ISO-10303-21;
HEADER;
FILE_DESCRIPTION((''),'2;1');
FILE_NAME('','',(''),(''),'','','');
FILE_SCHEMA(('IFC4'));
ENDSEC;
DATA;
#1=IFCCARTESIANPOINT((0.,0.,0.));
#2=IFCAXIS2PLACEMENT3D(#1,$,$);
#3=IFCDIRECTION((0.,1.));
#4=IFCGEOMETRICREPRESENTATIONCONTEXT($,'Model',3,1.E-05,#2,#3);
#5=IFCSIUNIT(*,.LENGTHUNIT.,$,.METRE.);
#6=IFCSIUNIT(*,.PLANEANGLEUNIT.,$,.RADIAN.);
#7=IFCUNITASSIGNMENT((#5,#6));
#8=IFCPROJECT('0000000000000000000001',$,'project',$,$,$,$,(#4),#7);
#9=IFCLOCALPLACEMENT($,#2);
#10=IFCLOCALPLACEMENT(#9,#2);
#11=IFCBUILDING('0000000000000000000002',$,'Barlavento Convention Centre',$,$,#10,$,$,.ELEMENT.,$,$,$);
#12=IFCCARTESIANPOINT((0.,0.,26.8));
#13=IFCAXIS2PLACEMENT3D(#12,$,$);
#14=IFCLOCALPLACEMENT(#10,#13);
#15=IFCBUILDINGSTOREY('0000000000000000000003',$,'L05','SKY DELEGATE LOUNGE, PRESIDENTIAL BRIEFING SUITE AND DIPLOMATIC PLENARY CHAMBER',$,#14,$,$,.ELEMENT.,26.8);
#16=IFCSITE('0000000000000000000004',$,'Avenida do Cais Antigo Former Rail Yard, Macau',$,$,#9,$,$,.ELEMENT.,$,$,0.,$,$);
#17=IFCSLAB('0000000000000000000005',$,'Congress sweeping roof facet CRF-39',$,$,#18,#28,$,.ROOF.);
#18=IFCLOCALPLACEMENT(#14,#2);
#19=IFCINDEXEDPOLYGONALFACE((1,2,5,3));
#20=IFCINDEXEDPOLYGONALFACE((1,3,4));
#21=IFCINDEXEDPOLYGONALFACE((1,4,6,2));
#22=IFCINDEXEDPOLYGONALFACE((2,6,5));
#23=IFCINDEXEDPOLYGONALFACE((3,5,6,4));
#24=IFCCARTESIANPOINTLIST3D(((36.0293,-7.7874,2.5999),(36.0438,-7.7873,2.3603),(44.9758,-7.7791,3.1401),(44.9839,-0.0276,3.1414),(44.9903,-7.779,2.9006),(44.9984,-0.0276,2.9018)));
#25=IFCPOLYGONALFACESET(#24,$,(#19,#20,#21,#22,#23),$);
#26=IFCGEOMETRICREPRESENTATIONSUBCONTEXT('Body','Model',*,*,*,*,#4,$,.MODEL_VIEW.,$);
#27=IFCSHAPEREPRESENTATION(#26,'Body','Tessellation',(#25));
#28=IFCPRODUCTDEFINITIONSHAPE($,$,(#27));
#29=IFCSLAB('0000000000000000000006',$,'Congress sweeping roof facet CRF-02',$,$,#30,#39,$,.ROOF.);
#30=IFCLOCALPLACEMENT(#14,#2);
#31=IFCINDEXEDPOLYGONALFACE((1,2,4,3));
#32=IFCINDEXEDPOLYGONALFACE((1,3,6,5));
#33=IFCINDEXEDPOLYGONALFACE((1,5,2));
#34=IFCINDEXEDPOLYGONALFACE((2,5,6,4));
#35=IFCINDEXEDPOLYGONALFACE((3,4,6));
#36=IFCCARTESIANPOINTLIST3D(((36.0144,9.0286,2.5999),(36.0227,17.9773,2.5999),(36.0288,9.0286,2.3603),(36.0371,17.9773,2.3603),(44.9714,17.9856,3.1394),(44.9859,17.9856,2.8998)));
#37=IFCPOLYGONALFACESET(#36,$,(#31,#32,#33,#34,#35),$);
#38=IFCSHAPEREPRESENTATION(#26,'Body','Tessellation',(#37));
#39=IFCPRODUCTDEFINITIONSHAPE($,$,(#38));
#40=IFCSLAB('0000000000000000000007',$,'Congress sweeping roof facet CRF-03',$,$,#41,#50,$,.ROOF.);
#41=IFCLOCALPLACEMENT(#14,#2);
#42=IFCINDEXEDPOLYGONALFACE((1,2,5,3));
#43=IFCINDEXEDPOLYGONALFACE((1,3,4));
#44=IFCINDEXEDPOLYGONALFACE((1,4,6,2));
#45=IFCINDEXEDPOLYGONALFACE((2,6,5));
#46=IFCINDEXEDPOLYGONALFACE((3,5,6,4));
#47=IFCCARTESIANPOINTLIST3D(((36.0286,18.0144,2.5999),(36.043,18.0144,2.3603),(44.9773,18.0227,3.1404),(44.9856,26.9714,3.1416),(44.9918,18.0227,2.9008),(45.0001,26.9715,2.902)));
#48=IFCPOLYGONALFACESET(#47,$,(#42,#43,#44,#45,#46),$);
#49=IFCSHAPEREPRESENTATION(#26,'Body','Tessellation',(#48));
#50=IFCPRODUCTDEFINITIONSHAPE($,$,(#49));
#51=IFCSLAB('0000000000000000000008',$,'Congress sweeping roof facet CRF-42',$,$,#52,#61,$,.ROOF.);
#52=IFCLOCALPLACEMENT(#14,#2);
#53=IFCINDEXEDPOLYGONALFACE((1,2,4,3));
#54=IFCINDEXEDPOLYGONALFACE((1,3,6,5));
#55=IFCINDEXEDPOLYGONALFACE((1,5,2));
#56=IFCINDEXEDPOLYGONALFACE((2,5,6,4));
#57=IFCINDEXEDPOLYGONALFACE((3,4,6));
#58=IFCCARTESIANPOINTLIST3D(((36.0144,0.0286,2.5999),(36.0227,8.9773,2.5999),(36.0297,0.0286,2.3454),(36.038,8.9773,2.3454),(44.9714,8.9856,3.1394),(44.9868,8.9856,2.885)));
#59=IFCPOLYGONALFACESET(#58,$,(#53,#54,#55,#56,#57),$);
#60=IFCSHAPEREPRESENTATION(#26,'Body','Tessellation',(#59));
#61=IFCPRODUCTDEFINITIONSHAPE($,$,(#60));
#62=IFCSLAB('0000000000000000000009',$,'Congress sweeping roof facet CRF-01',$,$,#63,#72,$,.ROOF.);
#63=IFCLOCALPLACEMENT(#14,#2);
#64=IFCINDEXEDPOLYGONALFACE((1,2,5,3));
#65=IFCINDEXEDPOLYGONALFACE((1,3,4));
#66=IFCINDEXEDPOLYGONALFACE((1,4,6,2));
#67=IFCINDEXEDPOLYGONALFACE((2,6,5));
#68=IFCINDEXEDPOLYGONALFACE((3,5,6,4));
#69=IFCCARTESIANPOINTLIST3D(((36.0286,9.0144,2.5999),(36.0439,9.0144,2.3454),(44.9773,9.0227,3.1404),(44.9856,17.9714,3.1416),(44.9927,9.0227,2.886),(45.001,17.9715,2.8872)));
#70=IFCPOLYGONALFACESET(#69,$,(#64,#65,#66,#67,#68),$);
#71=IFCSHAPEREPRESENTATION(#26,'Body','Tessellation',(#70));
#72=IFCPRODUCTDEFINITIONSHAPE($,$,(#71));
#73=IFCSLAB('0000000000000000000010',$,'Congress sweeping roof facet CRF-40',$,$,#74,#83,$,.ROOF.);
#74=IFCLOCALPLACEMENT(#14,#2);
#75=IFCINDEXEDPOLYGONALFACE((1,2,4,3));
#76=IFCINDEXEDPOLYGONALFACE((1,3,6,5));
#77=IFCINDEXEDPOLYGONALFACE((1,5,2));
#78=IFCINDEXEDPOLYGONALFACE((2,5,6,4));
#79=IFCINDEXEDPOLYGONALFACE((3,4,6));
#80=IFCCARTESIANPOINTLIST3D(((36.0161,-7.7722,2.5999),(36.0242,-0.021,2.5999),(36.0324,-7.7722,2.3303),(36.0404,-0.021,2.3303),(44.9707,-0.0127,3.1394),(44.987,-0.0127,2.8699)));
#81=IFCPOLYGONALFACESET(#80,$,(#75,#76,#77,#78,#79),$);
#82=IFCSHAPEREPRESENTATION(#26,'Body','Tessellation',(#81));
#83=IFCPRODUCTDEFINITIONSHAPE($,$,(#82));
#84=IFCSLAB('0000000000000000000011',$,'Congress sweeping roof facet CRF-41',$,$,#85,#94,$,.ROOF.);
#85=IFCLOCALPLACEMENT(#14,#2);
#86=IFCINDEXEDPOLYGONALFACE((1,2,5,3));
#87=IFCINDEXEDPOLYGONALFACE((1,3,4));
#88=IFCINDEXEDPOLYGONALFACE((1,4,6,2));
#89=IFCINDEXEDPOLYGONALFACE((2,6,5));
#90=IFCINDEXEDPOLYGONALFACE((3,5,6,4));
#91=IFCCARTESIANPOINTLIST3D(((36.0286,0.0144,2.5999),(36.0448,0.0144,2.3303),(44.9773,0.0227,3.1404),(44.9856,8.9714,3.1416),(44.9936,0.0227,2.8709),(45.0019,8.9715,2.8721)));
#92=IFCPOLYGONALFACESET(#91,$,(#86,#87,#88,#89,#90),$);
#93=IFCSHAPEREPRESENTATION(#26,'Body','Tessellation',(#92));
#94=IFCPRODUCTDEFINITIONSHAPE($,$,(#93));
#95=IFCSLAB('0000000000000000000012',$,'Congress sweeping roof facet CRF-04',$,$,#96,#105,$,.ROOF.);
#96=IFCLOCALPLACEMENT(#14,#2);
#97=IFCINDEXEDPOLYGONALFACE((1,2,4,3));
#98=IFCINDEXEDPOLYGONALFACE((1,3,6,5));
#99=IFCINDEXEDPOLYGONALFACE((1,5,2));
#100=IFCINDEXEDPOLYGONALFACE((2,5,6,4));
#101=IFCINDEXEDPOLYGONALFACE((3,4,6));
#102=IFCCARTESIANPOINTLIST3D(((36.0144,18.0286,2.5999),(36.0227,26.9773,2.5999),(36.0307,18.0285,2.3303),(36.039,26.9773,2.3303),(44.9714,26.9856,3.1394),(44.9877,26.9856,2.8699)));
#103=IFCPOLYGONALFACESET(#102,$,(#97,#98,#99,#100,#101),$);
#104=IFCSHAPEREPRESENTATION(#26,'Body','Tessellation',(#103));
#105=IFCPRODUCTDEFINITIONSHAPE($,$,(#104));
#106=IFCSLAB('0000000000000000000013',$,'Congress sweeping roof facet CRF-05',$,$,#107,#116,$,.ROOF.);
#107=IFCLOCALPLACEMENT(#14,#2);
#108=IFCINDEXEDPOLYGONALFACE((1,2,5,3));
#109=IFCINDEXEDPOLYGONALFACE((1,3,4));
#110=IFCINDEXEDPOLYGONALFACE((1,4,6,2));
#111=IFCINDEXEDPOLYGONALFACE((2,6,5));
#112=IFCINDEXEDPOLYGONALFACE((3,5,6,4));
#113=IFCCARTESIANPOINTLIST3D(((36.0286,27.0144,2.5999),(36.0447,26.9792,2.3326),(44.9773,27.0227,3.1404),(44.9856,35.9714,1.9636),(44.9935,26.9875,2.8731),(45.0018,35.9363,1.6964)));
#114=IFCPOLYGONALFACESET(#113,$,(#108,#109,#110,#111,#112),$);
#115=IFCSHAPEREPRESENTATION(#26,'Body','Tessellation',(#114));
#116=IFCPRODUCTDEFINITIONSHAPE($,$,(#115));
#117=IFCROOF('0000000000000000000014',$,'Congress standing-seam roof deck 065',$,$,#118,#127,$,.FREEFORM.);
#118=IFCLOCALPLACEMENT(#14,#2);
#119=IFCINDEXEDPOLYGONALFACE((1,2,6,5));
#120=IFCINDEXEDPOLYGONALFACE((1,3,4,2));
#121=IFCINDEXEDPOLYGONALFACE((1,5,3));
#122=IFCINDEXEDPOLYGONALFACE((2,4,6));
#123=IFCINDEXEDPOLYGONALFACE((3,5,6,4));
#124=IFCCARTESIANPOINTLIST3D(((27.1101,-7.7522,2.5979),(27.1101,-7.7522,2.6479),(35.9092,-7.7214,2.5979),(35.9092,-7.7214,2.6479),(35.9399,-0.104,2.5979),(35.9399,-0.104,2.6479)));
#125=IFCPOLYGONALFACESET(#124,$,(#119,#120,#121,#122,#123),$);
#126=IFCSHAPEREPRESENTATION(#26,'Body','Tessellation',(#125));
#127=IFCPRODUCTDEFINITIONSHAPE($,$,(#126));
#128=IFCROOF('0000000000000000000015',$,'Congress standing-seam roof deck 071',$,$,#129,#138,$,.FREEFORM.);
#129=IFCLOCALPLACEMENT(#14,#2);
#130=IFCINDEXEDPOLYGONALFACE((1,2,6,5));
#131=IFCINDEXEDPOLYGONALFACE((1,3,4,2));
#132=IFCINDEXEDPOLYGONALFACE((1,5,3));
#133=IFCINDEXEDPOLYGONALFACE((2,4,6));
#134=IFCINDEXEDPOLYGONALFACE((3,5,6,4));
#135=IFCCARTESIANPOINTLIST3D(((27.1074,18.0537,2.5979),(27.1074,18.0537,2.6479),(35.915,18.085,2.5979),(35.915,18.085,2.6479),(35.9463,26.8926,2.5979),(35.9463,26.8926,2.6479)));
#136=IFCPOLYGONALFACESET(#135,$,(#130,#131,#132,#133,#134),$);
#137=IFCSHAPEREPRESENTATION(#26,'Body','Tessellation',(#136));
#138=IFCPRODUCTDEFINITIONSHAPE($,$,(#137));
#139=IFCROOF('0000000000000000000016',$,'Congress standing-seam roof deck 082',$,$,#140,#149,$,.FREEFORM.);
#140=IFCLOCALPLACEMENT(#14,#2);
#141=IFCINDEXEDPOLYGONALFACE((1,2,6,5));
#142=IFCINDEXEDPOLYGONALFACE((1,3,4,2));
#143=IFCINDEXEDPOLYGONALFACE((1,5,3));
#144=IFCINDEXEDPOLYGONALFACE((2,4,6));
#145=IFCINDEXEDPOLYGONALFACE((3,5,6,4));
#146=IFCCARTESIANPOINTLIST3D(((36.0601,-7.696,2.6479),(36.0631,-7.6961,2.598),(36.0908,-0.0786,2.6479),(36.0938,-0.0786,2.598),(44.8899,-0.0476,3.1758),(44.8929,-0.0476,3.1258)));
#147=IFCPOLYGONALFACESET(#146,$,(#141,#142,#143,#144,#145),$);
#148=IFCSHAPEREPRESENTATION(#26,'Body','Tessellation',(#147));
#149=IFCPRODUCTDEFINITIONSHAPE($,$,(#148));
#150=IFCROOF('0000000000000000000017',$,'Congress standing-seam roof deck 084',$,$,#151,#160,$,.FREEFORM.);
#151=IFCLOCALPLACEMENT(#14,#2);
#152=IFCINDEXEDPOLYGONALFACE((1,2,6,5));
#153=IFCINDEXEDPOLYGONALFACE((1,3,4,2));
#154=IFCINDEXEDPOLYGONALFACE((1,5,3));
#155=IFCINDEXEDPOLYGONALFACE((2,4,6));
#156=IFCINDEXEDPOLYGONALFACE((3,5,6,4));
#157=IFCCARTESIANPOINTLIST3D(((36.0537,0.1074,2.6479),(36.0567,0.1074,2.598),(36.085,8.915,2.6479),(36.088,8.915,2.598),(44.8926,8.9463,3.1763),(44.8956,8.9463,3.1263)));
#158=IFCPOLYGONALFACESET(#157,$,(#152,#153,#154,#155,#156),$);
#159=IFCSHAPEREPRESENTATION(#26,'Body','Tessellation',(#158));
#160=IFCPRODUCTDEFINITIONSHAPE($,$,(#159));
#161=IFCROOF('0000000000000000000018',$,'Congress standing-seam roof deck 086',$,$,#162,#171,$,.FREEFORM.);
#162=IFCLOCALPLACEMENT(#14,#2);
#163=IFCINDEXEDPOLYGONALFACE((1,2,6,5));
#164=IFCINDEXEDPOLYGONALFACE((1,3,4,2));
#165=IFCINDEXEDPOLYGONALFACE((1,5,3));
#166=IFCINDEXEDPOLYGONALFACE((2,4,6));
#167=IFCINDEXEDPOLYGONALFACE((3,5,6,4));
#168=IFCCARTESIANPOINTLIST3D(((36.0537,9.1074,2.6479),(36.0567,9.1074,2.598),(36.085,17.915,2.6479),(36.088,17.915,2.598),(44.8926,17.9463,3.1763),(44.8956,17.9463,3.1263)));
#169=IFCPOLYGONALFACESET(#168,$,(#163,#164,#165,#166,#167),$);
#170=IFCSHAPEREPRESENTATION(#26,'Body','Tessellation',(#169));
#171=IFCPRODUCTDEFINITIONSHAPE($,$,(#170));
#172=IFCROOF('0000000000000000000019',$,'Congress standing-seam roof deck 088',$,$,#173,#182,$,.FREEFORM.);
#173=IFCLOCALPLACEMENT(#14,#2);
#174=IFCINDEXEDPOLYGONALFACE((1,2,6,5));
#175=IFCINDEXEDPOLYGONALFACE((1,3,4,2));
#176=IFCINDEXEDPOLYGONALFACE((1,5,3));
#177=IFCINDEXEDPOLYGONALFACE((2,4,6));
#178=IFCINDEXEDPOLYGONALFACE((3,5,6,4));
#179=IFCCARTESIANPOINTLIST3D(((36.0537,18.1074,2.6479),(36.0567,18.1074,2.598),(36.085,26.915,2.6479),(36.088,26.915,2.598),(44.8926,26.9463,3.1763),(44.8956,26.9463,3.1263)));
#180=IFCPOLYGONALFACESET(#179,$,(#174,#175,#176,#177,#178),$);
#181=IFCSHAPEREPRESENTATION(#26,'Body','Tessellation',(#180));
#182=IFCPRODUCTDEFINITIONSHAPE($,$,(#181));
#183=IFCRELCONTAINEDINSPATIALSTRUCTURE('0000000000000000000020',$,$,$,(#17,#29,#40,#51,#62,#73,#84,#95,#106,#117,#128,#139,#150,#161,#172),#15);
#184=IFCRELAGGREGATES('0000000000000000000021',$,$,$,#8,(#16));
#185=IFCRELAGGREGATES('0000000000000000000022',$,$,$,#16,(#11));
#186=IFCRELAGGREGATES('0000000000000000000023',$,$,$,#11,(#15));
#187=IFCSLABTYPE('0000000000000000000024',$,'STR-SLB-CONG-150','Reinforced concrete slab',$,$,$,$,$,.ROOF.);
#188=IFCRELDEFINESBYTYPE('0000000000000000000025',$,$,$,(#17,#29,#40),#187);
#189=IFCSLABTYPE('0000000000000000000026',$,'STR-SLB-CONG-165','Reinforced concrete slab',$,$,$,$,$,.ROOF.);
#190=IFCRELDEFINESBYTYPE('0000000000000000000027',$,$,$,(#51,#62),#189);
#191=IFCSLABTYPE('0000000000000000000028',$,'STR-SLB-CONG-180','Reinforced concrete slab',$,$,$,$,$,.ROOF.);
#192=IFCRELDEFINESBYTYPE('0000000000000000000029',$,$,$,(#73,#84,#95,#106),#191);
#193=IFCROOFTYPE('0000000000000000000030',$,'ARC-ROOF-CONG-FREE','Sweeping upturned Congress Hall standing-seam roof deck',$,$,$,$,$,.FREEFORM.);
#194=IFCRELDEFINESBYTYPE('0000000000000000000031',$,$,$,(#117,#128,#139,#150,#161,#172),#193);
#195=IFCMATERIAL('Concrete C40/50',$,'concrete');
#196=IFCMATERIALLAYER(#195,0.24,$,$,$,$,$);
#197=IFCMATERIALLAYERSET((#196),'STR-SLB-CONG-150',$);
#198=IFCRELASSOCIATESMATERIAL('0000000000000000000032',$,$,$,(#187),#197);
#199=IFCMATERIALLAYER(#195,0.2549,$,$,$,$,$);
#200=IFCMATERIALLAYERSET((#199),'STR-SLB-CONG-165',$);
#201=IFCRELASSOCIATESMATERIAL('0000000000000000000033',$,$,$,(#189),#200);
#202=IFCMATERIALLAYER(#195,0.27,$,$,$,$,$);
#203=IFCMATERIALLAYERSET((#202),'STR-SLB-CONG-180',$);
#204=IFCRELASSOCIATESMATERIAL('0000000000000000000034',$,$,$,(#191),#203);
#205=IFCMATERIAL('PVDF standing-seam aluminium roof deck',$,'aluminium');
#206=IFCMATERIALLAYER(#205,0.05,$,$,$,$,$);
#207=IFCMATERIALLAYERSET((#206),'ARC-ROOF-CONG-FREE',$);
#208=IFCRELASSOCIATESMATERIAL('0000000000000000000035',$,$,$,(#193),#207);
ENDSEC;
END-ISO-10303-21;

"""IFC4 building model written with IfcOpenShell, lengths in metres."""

from ifc_helpers import new_model, si_unit, direction, frame, origin, place, context, subcontext, project, spatial, polyline, outline, extrude, material, layer, layer_set, type_object, element, save


model = new_model("IFC4")

# Units and contexts
model_context = context("Model", 3, precision=1e-05, world=origin(), true_north=direction((0.0, 1.0)))
body_context = subcontext(model_context, "Body", "Model", "MODEL_VIEW")
ifc_project = project(units=[si_unit("LENGTHUNIT", "METRE"), si_unit("PLANEANGLEUNIT", "RADIAN")], contexts=[model_context])

# Site, building, storey
site_placement = place(None, origin())
site = spatial("IfcSite", under=ifc_project, at=site_placement, Name="Avenida do Cais Antigo Former Rail Yard, Macau", CompositionType="ELEMENT", RefElevation=0.0)
building_placement = place(site_placement, origin())
building = spatial("IfcBuilding", under=site, at=building_placement, Name="Barlavento Convention Centre", CompositionType="ELEMENT")
storey_placement = place(building_placement, frame((0.0, 0.0, 26.8)))
storey = spatial("IfcBuildingStorey", under=building, at=storey_placement, Name="L05", Description="SKY DELEGATE LOUNGE, PRESIDENTIAL BRIEFING SUITE AND DIPLOMATIC PLENARY CHAMBER", CompositionType="ELEMENT", Elevation=26.8)

# Slabs
ifc_material_1 = material(Name="Concrete C40/50", Category="concrete")
ifc_layer_1 = layer(ifc_material_1, 0.24)
ifc_layer_set_1 = layer_set([ifc_layer_1], Name="STR-SLB-CONG-150")
slab_type_1 = type_object("IfcSlabType", Name="STR-SLB-CONG-150", Description="Reinforced concrete slab", PredefinedType="ROOF", material=ifc_layer_set_1)
slab_1_placement = place(storey_placement, frame((36.0293, -7.7874, 2.5999), z_axis=(-0.06028, -0.000095, 0.998181), x_axis=(0.998181, 0.000926, 0.06028)))
element("IfcSlab", 1, at=slab_1_placement, inside=storey, type_object=slab_type_1, Name="Congress sweeping roof facet CRF-39", PredefinedType="ROOF", context=body_context, shape_type="SweptSolid", body=[
    extrude(outline(polyline([(0.0, 0.0), (8.9628, 0.0), (8.9781, 7.7515), (0.0, 0.0)])), origin(), (0.0, 0.0, -1.0), 0.24),
])
slab_2_placement = place(storey_placement, frame((36.0144, 9.0286, 2.5999), z_axis=(-0.060184, 0.000056, 0.998187), x_axis=(0.706466, 0.706466, 0.042556)))
element("IfcSlab", 2, at=slab_2_placement, inside=storey, type_object=slab_type_1, Name="Congress sweeping roof facet CRF-02", PredefinedType="ROOF", context=body_context, shape_type="SweptSolid", body=[
    extrude(outline(polyline([(0.0, 0.0), (12.6786, 0.0), (6.3278, 6.3276), (0.0, 0.0)])), origin(), (0.0, 0.0, -1.0), 0.24),
])
slab_3_placement = place(storey_placement, frame((36.0286, 18.0144, 2.5999), z_axis=(-0.060293, -0.00008, 0.998181), x_axis=(0.99818, 0.000926, 0.060293)))
element("IfcSlab", 3, at=slab_3_placement, inside=storey, type_object=slab_type_1, Name="Congress sweeping roof facet CRF-03", PredefinedType="ROOF", context=body_context, shape_type="SweptSolid", body=[
    extrude(outline(polyline([(0.0, 0.0), (8.965, 0.0), (8.9817, 8.9487), (0.0, 0.0)])), origin(), (0.0, 0.0, -1.0), 0.24),
])
ifc_layer_2 = layer(ifc_material_1, 0.2549)
ifc_layer_set_2 = layer_set([ifc_layer_2], Name="STR-SLB-CONG-165")
slab_type_2 = type_object("IfcSlabType", Name="STR-SLB-CONG-165", Description="Reinforced concrete slab", PredefinedType="ROOF", material=ifc_layer_set_2)
slab_4_placement = place(storey_placement, frame((36.0144, 0.0286, 2.5999), z_axis=(-0.060184, 0.000056, 0.998187), x_axis=(0.706466, 0.706466, 0.042556)))
element("IfcSlab", 4, at=slab_4_placement, inside=storey, type_object=slab_type_2, Name="Congress sweeping roof facet CRF-42", PredefinedType="ROOF", context=body_context, shape_type="SweptSolid", body=[
    extrude(outline(polyline([(0.0, 0.0), (12.6786, 0.0), (6.3278, 6.3276), (0.0, 0.0)])), origin(), (0.0, 0.0, -1.0), 0.2549),
])
slab_5_placement = place(storey_placement, frame((36.0286, 9.0144, 2.5999), z_axis=(-0.060293, -0.00008, 0.998181), x_axis=(0.99818, 0.000926, 0.060293)))
element("IfcSlab", 5, at=slab_5_placement, inside=storey, type_object=slab_type_2, Name="Congress sweeping roof facet CRF-01", PredefinedType="ROOF", context=body_context, shape_type="SweptSolid", body=[
    extrude(outline(polyline([(0.0, 0.0), (8.965, 0.0), (8.9817, 8.9487), (0.0, 0.0)])), origin(), (0.0, 0.0, -1.0), 0.2549),
])
ifc_layer_3 = layer(ifc_material_1, 0.27)
ifc_layer_set_3 = layer_set([ifc_layer_3], Name="STR-SLB-CONG-180")
slab_type_3 = type_object("IfcSlabType", Name="STR-SLB-CONG-180", Description="Reinforced concrete slab", PredefinedType="ROOF", material=ifc_layer_set_3)
slab_6_placement = place(storey_placement, frame((36.0161, -7.7722, 2.5999), z_axis=(-0.060199, 0.000063, 0.998186), x_axis=(0.754954, 0.654199, 0.045489)))
element("IfcSlab", 6, at=slab_6_placement, inside=storey, type_object=slab_type_3, Name="Congress sweeping roof facet CRF-40", PredefinedType="ROOF", context=body_context, shape_type="SweptSolid", body=[
    extrude(outline(polyline([(0.0, 0.0), (11.8611, 0.0), (5.0769, 5.8572), (0.0, 0.0)])), origin(), (0.0, 0.0, -1.0), 0.27),
])
slab_7_placement = place(storey_placement, frame((36.0286, 0.0144, 2.5999), z_axis=(-0.060293, -0.00008, 0.998181), x_axis=(0.99818, 0.000926, 0.060293)))
element("IfcSlab", 7, at=slab_7_placement, inside=storey, type_object=slab_type_3, Name="Congress sweeping roof facet CRF-41", PredefinedType="ROOF", context=body_context, shape_type="SweptSolid", body=[
    extrude(outline(polyline([(0.0, 0.0), (8.965, 0.0), (8.9817, 8.9487), (0.0, 0.0)])), origin(), (0.0, 0.0, -1.0), 0.27),
])
slab_8_placement = place(storey_placement, frame((36.0144, 18.0286, 2.5999), z_axis=(-0.060184, 0.000056, 0.998187), x_axis=(0.706466, 0.706466, 0.042556)))
element("IfcSlab", 8, at=slab_8_placement, inside=storey, type_object=slab_type_3, Name="Congress sweeping roof facet CRF-04", PredefinedType="ROOF", context=body_context, shape_type="SweptSolid", body=[
    extrude(outline(polyline([(0.0, 0.0), (12.6786, 0.0), (6.3278, 6.3276), (0.0, 0.0)])), origin(), (0.0, 0.0, -1.0), 0.27),
])
slab_9_placement = place(storey_placement, frame((36.0286, 27.0144, 2.5999), z_axis=(-0.0599, 0.130198, 0.989677), x_axis=(0.99818, 0.000926, 0.060293)))
element("IfcSlab", 9, at=slab_9_placement, inside=storey, type_object=slab_type_3, Name="Congress sweeping roof facet CRF-05", PredefinedType="ROOF", context=body_context, shape_type="SweptSolid", body=[
    extrude(outline(polyline([(0.0, 0.0), (8.965, 0.0), (8.9107, 9.0256), (0.0, 0.0)])), origin(), (0.0, 0.0, -1.0), 0.27),
])

# Roofs
ifc_material_2 = material(Name="PVDF standing-seam aluminium roof deck", Category="aluminium")
ifc_layer_4 = layer(ifc_material_2, 0.05)
ifc_layer_set_4 = layer_set([ifc_layer_4], Name="ARC-ROOF-CONG-FREE")
roof_type = type_object("IfcRoofType", Name="ARC-ROOF-CONG-FREE", Description="Sweeping upturned Congress Hall standing-seam roof deck", PredefinedType="FREEFORM", material=ifc_layer_set_4)
roof_1_placement = place(storey_placement, frame((27.1101, -7.7522, 2.6479), z_axis=(0.0, 0.0, 1.0), x_axis=(0.999994, 0.003496, 0.0)))
element("IfcRoof", 10, at=roof_1_placement, inside=storey, type_object=roof_type, Name="Congress standing-seam roof deck 065", PredefinedType="FREEFORM", context=body_context, shape_type="SweptSolid", body=[
    extrude(outline(polyline([(0.0, 0.0), (8.7991, 0.0), (8.8565, 7.6173), (0.0, 0.0)])), origin(), (0.0, 0.0, -1.0), 0.05),
])
roof_2_placement = place(storey_placement, frame((27.1074, 18.0537, 2.6479), z_axis=(0.0, 0.0, 1.0), x_axis=(0.999994, 0.003548, 0.0)))
element("IfcRoof", 11, at=roof_2_placement, inside=storey, type_object=roof_type, Name="Congress standing-seam roof deck 071", PredefinedType="FREEFORM", context=body_context, shape_type="SweptSolid", body=[
    extrude(outline(polyline([(0.0, 0.0), (8.8077, 0.0), (8.8702, 8.8075), (0.0, 0.0)])), origin(), (0.0, 0.0, -1.0), 0.05),
])
roof_3_placement = place(storey_placement, frame((36.0601, -7.696, 2.6479), z_axis=(-0.05988, 0.000242, 0.998206), x_axis=(0.755092, 0.654063, 0.045138)))
element("IfcRoof", 12, at=roof_3_placement, inside=storey, type_object=roof_type, Name="Congress standing-seam roof deck 082", PredefinedType="FREEFORM", context=body_context, shape_type="SweptSolid", body=[
    extrude(outline(polyline([(0.0, 0.0), (11.6937, 0.0), (5.0055, 5.742), (0.0, 0.0)])), origin(), (0.0, 0.0, -1.0), 0.05),
])
for number, where, z_axis, x_axis, name in (
    (13, (36.0537, 0.1074, 2.6479), (-0.059878, 0.000212, 0.998206), (0.706476, 0.706476, 0.042228), "Congress standing-seam roof deck 084"),
    (14, (36.0537, 9.1074, 2.6479), (-0.059878, 0.000212, 0.998206), (0.706476, 0.706476, 0.042228), "Congress standing-seam roof deck 086"),
    (15, (36.0537, 18.1074, 2.6479), (-0.059878, 0.000212, 0.998206), (0.706476, 0.706476, 0.042228), "Congress standing-seam roof deck 088"),
):
    element("IfcRoof", number, at=place(storey_placement, frame(where, z_axis=z_axis, x_axis=x_axis)), inside=storey, type_object=roof_type, Name=name, PredefinedType="FREEFORM", context=body_context, shape_type="SweptSolid", body=[
        extrude(outline(polyline([(0.0, 0.0), (12.5112, 0.0), (6.2444, 6.2114), (0.0, 0.0)])), origin(), (0.0, 0.0, -1.0), 0.05),
    ])

save(model, "model.ifc")
